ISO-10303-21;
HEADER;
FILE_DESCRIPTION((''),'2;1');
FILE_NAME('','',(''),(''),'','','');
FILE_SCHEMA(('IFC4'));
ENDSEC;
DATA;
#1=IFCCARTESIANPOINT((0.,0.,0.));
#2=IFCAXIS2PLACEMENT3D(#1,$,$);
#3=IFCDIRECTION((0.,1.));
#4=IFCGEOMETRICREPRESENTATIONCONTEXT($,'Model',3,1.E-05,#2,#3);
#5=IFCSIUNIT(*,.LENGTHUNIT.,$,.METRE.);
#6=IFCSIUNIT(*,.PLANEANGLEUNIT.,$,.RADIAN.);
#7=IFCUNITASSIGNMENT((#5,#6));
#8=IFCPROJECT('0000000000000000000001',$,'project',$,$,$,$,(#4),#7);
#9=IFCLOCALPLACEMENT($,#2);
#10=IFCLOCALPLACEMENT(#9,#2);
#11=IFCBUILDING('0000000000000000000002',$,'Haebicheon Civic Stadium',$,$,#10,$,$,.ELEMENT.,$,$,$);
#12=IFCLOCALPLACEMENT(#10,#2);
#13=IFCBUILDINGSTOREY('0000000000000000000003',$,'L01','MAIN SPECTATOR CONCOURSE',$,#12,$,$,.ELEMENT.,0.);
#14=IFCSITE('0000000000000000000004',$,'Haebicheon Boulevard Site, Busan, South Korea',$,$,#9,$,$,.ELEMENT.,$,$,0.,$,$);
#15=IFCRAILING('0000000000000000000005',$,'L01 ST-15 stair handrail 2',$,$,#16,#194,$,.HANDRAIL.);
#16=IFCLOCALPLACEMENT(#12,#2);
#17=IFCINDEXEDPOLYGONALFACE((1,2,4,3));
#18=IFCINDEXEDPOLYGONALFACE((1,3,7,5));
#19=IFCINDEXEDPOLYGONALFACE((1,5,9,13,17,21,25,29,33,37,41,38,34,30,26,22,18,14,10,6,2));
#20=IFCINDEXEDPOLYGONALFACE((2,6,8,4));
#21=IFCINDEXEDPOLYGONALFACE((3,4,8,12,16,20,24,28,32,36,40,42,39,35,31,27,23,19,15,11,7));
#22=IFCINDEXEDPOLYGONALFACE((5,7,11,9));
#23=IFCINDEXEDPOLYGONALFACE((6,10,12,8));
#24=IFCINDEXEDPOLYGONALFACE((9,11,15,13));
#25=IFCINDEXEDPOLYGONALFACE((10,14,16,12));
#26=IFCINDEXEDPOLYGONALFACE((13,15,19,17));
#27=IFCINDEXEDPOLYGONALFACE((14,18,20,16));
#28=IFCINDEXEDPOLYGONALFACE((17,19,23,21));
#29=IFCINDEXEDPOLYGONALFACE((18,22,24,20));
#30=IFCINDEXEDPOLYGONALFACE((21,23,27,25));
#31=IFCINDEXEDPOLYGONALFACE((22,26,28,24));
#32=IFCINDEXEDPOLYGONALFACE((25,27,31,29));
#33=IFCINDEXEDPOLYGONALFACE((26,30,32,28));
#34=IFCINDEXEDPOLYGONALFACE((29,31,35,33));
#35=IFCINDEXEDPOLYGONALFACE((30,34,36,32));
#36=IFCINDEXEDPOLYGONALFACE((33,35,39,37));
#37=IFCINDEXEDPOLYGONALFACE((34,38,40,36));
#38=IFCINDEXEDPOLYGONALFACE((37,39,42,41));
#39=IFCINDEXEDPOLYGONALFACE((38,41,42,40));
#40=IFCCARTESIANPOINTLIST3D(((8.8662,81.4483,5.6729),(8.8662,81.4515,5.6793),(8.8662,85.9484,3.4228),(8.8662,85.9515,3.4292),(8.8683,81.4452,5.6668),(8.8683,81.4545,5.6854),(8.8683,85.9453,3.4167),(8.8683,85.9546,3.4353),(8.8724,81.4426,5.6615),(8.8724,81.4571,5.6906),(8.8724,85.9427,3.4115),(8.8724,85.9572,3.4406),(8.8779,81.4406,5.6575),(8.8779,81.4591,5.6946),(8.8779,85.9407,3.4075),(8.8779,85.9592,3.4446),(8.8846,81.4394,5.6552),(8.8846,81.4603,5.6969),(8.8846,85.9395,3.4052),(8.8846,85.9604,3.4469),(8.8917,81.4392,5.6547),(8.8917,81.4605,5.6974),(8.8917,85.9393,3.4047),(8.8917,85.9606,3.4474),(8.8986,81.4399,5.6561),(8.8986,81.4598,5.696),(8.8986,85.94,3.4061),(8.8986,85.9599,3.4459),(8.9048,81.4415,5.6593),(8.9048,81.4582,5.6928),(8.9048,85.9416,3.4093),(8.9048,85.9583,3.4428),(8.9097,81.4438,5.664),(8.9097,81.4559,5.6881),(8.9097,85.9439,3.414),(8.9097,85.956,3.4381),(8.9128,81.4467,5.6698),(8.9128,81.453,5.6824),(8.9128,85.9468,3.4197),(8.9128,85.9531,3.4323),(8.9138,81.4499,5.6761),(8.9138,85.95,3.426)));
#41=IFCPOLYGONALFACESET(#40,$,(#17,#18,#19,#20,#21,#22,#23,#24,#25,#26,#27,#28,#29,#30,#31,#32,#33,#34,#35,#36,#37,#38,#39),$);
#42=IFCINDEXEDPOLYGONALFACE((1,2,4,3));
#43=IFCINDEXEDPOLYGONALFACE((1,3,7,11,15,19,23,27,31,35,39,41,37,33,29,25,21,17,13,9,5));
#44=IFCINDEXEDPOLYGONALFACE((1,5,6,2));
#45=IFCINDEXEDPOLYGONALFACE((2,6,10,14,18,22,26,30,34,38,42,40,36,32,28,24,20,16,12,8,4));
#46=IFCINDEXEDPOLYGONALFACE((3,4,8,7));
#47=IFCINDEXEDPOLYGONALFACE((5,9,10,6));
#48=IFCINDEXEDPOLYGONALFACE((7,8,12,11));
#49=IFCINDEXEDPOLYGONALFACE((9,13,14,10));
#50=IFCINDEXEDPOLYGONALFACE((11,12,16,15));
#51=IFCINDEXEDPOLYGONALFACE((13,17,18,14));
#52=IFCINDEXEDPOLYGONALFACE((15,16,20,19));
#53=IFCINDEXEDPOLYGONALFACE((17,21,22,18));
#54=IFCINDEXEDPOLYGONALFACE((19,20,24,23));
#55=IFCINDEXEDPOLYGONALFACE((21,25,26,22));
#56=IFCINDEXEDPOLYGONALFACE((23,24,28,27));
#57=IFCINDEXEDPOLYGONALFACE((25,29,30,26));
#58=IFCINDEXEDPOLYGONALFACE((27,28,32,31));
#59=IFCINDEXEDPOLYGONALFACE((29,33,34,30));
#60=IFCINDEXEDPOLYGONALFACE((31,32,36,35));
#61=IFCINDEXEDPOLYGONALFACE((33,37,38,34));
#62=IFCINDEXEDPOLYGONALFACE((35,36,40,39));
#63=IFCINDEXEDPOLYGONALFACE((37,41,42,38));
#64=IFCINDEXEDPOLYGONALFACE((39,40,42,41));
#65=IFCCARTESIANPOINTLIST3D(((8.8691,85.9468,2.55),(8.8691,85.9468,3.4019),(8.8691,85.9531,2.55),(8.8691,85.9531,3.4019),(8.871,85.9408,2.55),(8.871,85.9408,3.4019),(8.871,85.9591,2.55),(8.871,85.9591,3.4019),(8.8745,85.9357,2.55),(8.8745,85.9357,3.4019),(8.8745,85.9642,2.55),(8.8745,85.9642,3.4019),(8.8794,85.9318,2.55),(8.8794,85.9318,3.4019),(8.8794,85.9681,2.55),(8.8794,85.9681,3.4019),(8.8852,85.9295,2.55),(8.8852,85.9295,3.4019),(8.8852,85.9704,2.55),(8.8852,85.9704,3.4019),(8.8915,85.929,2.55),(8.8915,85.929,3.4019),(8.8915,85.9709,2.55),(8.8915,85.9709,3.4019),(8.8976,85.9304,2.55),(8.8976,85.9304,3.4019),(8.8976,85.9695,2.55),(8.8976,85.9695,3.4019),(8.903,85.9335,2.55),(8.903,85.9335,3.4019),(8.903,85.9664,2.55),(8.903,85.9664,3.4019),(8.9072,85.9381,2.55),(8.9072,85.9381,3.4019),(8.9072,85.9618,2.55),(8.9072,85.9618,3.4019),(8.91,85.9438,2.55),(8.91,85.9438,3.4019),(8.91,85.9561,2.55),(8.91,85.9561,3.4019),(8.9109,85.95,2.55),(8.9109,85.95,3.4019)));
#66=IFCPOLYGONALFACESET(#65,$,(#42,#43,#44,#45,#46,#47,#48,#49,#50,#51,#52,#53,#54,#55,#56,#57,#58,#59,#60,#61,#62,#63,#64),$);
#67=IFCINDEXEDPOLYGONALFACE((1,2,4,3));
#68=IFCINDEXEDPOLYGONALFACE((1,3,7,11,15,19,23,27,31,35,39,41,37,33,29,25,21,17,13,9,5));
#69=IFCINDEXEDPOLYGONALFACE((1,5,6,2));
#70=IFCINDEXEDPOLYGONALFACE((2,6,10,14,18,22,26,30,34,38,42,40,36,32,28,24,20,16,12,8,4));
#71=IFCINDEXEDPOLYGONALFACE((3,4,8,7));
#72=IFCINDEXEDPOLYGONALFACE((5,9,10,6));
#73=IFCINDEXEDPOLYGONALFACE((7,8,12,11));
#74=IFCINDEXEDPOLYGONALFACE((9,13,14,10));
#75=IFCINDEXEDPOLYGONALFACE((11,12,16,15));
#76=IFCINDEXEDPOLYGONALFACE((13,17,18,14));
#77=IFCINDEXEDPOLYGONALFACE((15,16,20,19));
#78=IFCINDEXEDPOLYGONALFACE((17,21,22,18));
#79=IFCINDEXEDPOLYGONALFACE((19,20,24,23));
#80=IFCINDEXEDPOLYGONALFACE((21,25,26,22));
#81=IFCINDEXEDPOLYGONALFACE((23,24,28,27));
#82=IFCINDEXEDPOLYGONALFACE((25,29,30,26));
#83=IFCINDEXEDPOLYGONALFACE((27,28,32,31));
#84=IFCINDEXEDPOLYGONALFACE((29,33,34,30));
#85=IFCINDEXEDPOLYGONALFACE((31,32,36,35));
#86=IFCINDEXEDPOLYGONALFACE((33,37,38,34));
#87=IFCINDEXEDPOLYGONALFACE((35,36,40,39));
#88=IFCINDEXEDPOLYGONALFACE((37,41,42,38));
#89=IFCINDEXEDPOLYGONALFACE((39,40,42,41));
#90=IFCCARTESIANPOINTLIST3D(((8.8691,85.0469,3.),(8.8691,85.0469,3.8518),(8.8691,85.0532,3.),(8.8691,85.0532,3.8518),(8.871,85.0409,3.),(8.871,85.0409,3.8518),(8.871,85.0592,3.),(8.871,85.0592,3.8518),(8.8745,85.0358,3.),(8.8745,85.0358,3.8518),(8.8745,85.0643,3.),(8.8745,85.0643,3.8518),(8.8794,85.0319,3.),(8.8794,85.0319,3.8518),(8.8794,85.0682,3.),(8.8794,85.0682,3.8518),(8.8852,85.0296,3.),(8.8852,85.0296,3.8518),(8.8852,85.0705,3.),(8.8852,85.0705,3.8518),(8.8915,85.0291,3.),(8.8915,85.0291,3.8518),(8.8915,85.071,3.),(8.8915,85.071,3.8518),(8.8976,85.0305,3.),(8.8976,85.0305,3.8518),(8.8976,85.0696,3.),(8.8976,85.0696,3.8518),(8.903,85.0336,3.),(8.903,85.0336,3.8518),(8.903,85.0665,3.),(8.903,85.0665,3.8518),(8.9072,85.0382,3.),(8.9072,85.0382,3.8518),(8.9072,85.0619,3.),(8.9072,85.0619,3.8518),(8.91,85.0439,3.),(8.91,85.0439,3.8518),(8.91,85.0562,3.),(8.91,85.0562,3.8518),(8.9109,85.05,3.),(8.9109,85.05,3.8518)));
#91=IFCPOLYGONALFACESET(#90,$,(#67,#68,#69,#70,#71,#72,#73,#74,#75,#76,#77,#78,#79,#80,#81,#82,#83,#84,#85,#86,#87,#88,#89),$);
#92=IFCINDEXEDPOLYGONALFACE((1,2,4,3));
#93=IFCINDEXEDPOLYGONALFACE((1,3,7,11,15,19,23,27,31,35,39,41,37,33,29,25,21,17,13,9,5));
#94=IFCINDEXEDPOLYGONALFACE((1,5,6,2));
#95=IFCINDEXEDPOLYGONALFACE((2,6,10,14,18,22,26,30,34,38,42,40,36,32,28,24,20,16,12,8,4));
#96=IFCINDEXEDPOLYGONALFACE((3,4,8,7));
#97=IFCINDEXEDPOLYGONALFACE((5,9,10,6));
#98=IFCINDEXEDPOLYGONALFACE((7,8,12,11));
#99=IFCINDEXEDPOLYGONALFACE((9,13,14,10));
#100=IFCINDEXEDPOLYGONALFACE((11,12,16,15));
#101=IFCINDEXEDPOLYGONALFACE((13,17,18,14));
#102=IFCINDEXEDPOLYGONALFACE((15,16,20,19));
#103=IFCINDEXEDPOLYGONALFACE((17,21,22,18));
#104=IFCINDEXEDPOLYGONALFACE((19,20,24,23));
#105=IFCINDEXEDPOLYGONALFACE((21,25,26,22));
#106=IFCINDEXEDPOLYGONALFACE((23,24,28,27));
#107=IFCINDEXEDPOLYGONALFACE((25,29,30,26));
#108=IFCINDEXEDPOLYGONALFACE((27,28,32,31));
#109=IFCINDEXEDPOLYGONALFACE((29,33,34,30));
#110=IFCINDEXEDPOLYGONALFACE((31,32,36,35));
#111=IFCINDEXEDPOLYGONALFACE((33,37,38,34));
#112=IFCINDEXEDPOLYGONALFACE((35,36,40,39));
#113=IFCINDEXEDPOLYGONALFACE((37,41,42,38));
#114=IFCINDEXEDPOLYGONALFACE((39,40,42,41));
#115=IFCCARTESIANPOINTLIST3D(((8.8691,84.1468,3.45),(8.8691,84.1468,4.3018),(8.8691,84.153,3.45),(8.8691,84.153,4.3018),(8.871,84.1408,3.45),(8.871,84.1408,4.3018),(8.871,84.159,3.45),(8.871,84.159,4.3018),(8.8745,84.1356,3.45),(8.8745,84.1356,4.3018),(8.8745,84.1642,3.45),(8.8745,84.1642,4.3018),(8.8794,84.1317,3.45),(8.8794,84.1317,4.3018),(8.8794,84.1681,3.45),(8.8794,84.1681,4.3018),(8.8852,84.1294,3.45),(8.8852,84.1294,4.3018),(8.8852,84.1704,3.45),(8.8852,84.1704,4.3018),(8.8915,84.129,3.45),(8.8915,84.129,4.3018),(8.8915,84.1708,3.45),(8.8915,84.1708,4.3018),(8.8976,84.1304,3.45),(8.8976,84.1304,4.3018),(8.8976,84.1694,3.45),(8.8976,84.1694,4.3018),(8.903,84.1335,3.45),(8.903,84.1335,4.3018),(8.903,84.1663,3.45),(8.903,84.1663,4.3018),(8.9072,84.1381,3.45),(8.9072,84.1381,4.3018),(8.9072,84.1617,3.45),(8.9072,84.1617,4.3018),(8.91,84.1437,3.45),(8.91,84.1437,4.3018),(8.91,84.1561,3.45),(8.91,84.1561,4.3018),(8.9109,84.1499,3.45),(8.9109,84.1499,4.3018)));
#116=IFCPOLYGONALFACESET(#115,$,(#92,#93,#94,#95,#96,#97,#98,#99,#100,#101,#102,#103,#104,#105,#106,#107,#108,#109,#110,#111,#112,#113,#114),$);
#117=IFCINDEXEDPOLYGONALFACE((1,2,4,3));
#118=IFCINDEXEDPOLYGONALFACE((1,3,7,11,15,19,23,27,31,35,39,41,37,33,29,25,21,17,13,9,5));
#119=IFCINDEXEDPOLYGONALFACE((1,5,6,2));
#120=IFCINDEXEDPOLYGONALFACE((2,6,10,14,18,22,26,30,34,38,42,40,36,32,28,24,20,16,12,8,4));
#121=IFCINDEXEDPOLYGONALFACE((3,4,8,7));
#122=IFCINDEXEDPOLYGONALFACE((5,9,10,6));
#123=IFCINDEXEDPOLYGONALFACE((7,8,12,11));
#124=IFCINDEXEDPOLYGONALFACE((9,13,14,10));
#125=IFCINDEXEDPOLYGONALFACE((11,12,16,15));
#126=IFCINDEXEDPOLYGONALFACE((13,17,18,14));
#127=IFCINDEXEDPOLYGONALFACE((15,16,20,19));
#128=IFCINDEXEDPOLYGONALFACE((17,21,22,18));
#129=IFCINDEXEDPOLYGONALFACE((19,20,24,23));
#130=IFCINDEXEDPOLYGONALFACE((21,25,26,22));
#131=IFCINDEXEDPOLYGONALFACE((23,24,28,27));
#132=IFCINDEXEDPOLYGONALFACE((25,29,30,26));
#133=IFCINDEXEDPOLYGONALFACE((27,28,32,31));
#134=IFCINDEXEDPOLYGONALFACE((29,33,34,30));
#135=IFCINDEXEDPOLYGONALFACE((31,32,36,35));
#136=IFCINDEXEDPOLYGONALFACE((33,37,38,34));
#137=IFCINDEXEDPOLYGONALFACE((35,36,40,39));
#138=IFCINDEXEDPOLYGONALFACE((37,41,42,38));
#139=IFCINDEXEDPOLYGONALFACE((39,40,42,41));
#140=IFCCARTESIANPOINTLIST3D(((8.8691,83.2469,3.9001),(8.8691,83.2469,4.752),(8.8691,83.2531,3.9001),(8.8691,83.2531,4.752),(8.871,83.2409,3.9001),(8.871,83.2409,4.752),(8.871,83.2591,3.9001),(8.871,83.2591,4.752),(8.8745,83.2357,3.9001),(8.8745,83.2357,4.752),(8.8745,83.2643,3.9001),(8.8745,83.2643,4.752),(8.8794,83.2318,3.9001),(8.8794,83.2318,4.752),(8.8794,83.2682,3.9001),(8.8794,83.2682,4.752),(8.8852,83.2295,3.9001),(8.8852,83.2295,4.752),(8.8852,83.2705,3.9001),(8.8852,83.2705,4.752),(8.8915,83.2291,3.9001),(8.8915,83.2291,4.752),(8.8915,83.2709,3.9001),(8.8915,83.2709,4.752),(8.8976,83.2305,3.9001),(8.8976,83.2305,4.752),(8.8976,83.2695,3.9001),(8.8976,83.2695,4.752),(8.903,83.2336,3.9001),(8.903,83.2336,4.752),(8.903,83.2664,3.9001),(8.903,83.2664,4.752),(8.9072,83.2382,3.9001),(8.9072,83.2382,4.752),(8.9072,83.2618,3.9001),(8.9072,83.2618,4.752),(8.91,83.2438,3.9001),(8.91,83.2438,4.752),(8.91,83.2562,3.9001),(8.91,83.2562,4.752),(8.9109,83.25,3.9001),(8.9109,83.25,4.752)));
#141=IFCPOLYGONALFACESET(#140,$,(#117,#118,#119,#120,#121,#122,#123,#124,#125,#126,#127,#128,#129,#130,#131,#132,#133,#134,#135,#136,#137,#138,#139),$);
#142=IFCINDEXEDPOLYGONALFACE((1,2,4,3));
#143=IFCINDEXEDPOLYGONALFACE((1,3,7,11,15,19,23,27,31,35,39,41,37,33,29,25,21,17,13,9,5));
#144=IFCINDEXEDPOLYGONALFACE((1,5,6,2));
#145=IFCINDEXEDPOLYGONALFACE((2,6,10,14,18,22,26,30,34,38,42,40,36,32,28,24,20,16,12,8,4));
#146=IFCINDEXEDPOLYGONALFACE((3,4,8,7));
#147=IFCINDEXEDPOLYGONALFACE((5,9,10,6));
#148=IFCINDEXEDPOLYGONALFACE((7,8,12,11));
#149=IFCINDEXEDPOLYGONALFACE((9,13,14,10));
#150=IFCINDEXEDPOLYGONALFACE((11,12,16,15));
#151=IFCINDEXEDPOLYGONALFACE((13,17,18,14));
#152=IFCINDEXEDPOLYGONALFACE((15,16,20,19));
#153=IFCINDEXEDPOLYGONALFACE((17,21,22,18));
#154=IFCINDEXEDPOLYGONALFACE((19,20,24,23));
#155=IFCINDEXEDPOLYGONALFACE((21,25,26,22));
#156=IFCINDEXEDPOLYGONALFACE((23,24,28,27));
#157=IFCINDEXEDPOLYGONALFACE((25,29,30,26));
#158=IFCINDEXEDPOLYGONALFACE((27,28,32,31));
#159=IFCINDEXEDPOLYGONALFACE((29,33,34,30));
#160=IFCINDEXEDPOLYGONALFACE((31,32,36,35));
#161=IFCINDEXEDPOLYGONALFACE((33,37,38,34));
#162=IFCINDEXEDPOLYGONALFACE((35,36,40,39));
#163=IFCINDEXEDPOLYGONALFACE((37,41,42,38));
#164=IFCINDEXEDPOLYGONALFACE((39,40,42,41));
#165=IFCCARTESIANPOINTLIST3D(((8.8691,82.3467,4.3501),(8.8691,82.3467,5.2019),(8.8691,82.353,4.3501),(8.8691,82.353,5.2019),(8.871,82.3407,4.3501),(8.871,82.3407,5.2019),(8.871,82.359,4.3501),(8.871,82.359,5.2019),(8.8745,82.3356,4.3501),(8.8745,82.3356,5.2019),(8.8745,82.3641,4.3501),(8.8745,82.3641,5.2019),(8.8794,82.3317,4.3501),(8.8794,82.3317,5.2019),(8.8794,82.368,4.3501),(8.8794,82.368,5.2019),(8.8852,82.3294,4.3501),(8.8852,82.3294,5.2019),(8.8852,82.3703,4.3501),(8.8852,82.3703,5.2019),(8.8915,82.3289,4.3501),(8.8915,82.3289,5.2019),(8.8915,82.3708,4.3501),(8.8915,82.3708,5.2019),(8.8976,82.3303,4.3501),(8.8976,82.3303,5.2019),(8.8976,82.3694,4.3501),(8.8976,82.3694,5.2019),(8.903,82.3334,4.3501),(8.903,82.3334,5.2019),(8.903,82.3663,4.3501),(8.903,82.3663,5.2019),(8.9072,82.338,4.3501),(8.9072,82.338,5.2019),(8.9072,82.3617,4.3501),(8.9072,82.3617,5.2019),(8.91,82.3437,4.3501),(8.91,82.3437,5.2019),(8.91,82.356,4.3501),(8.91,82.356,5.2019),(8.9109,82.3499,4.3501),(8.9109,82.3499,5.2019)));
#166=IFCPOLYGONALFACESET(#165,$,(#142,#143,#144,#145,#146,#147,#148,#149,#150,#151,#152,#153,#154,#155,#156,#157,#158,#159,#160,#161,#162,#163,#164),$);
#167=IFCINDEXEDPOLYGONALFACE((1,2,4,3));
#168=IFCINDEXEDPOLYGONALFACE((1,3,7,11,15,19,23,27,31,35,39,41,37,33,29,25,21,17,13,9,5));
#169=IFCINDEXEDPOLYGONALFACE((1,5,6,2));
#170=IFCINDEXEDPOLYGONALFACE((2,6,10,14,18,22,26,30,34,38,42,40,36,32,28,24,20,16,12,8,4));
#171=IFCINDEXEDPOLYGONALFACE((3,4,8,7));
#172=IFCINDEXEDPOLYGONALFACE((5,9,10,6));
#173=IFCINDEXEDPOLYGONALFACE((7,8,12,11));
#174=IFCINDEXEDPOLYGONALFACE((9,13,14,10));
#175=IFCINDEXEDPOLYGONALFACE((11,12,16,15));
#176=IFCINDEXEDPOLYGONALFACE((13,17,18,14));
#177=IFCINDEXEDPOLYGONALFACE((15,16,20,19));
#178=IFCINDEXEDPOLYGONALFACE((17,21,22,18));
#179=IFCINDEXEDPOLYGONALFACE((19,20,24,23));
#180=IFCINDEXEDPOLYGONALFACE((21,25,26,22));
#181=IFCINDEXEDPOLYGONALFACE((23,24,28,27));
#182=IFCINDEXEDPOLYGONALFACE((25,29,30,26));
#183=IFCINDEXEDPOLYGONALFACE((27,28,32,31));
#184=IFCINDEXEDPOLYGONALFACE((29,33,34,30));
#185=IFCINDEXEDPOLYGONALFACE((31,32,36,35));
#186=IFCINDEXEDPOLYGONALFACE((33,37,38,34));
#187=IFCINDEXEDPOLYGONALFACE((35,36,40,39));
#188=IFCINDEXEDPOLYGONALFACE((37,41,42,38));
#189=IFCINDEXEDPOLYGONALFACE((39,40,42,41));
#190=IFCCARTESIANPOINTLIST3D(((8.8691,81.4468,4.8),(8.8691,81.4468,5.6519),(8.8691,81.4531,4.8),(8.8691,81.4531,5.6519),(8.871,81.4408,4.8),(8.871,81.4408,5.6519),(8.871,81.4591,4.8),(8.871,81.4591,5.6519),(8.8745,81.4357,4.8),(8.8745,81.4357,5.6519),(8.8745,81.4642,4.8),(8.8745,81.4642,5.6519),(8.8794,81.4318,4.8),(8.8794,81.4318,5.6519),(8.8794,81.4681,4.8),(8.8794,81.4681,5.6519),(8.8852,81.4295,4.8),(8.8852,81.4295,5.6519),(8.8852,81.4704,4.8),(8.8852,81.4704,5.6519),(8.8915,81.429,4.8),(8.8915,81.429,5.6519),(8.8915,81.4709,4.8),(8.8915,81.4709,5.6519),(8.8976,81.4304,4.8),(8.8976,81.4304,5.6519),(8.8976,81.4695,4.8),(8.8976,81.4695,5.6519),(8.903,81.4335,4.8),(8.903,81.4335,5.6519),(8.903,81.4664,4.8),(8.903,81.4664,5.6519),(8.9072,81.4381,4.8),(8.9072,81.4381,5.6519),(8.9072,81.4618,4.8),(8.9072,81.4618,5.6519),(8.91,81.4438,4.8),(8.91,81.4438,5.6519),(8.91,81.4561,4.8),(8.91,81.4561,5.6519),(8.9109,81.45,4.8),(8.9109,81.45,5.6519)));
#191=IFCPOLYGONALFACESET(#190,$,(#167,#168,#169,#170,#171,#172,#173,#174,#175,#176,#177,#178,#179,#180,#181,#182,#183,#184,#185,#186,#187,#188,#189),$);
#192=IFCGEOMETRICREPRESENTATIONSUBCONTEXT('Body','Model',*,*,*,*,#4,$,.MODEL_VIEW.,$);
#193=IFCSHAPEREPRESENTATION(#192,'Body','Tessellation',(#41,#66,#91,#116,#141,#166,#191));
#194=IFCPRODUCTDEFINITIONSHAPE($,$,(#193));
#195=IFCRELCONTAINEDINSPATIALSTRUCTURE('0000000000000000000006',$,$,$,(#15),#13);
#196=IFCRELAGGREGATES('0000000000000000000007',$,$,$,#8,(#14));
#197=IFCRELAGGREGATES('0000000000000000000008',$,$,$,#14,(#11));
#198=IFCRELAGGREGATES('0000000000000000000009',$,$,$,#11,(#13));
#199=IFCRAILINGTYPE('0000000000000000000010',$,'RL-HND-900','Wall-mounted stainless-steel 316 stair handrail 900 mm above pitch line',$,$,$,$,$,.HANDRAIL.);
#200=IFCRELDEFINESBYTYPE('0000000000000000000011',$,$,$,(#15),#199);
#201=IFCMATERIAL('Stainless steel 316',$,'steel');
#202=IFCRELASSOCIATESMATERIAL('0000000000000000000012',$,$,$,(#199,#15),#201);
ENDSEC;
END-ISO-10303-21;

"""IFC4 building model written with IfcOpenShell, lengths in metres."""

from ifc_helpers import new_model, si_unit, direction, frame, origin, origin_2d, place, context, subcontext, project, spatial, circle, extrude, material, type_object, element, save


model = new_model("IFC4")

# Units and contexts
model_context = context("Model", 3, precision=1e-05, world=origin(), true_north=direction((0.0, 1.0)))
body_context = subcontext(model_context, "Body", "Model", "MODEL_VIEW")
ifc_project = project(units=[si_unit("LENGTHUNIT", "METRE"), si_unit("PLANEANGLEUNIT", "RADIAN")], contexts=[model_context])

# Site, building, storey
site_placement = place(None, origin())
site = spatial("IfcSite", under=ifc_project, at=site_placement, Name="Haebicheon Boulevard Site, Busan, South Korea", CompositionType="ELEMENT", RefElevation=0.0)
building_placement = place(site_placement, origin())
building = spatial("IfcBuilding", under=site, at=building_placement, Name="Haebicheon Civic Stadium", CompositionType="ELEMENT")
storey_placement = place(building_placement, origin())
storey = spatial("IfcBuildingStorey", under=building, at=storey_placement, Name="L01", Description="MAIN SPECTATOR CONCOURSE", CompositionType="ELEMENT", Elevation=0.0)

# Railing
ifc_material_1 = material(Name="Stainless steel 316", Category="steel")
railing_type_1 = type_object("IfcRailingType", Name="RL-HND-900", Description="Wall-mounted stainless-steel 316 stair handrail 900 mm above pitch line", PredefinedType="HANDRAIL", material=ifc_material_1)
railing_1_placement = place(storey_placement, frame((8.8899, 85.95, 2.55)))
element("IfcRailing", 1, at=railing_1_placement, inside=storey, type_object=railing_type_1, material=ifc_material_1, Name="L01 ST-15 stair handrail 2", PredefinedType="HANDRAIL", context=body_context, shape_type="SweptSolid", body=[
    extrude(circle(Radius=0.0239, at=origin_2d()), frame((0.0, 0.0, 0.876), z_axis=(0.0, -0.894427, 0.447214), x_axis=(1.0, 0.0, 0.0)), (0.0, 0.0, 1.0), 5.0312),
    extrude(circle(Radius=0.021, at=origin_2d()), origin(), (0.0, 0.0, 1.0), 0.8518),
    extrude(circle(Radius=0.021, at=origin_2d()), frame((0.0, -0.8999, 0.45)), (0.0, 0.0, 1.0), 0.8518),
    extrude(circle(Radius=0.021, at=origin_2d()), frame((0.0, -1.8, 0.8999)), (0.0, 0.0, 1.0), 0.8518),
    extrude(circle(Radius=0.021, at=origin_2d()), frame((0.0, -2.7, 1.3501)), (0.0, 0.0, 1.0), 0.8518),
    extrude(circle(Radius=0.021, at=origin_2d()), frame((0.0, -3.6001, 1.8)), (0.0, 0.0, 1.0), 0.8518),
    extrude(circle(Radius=0.021, at=origin_2d()), frame((0.0, -4.5, 2.25)), (0.0, 0.0, 1.0), 0.8518),
])

save(model, "model.ifc")
